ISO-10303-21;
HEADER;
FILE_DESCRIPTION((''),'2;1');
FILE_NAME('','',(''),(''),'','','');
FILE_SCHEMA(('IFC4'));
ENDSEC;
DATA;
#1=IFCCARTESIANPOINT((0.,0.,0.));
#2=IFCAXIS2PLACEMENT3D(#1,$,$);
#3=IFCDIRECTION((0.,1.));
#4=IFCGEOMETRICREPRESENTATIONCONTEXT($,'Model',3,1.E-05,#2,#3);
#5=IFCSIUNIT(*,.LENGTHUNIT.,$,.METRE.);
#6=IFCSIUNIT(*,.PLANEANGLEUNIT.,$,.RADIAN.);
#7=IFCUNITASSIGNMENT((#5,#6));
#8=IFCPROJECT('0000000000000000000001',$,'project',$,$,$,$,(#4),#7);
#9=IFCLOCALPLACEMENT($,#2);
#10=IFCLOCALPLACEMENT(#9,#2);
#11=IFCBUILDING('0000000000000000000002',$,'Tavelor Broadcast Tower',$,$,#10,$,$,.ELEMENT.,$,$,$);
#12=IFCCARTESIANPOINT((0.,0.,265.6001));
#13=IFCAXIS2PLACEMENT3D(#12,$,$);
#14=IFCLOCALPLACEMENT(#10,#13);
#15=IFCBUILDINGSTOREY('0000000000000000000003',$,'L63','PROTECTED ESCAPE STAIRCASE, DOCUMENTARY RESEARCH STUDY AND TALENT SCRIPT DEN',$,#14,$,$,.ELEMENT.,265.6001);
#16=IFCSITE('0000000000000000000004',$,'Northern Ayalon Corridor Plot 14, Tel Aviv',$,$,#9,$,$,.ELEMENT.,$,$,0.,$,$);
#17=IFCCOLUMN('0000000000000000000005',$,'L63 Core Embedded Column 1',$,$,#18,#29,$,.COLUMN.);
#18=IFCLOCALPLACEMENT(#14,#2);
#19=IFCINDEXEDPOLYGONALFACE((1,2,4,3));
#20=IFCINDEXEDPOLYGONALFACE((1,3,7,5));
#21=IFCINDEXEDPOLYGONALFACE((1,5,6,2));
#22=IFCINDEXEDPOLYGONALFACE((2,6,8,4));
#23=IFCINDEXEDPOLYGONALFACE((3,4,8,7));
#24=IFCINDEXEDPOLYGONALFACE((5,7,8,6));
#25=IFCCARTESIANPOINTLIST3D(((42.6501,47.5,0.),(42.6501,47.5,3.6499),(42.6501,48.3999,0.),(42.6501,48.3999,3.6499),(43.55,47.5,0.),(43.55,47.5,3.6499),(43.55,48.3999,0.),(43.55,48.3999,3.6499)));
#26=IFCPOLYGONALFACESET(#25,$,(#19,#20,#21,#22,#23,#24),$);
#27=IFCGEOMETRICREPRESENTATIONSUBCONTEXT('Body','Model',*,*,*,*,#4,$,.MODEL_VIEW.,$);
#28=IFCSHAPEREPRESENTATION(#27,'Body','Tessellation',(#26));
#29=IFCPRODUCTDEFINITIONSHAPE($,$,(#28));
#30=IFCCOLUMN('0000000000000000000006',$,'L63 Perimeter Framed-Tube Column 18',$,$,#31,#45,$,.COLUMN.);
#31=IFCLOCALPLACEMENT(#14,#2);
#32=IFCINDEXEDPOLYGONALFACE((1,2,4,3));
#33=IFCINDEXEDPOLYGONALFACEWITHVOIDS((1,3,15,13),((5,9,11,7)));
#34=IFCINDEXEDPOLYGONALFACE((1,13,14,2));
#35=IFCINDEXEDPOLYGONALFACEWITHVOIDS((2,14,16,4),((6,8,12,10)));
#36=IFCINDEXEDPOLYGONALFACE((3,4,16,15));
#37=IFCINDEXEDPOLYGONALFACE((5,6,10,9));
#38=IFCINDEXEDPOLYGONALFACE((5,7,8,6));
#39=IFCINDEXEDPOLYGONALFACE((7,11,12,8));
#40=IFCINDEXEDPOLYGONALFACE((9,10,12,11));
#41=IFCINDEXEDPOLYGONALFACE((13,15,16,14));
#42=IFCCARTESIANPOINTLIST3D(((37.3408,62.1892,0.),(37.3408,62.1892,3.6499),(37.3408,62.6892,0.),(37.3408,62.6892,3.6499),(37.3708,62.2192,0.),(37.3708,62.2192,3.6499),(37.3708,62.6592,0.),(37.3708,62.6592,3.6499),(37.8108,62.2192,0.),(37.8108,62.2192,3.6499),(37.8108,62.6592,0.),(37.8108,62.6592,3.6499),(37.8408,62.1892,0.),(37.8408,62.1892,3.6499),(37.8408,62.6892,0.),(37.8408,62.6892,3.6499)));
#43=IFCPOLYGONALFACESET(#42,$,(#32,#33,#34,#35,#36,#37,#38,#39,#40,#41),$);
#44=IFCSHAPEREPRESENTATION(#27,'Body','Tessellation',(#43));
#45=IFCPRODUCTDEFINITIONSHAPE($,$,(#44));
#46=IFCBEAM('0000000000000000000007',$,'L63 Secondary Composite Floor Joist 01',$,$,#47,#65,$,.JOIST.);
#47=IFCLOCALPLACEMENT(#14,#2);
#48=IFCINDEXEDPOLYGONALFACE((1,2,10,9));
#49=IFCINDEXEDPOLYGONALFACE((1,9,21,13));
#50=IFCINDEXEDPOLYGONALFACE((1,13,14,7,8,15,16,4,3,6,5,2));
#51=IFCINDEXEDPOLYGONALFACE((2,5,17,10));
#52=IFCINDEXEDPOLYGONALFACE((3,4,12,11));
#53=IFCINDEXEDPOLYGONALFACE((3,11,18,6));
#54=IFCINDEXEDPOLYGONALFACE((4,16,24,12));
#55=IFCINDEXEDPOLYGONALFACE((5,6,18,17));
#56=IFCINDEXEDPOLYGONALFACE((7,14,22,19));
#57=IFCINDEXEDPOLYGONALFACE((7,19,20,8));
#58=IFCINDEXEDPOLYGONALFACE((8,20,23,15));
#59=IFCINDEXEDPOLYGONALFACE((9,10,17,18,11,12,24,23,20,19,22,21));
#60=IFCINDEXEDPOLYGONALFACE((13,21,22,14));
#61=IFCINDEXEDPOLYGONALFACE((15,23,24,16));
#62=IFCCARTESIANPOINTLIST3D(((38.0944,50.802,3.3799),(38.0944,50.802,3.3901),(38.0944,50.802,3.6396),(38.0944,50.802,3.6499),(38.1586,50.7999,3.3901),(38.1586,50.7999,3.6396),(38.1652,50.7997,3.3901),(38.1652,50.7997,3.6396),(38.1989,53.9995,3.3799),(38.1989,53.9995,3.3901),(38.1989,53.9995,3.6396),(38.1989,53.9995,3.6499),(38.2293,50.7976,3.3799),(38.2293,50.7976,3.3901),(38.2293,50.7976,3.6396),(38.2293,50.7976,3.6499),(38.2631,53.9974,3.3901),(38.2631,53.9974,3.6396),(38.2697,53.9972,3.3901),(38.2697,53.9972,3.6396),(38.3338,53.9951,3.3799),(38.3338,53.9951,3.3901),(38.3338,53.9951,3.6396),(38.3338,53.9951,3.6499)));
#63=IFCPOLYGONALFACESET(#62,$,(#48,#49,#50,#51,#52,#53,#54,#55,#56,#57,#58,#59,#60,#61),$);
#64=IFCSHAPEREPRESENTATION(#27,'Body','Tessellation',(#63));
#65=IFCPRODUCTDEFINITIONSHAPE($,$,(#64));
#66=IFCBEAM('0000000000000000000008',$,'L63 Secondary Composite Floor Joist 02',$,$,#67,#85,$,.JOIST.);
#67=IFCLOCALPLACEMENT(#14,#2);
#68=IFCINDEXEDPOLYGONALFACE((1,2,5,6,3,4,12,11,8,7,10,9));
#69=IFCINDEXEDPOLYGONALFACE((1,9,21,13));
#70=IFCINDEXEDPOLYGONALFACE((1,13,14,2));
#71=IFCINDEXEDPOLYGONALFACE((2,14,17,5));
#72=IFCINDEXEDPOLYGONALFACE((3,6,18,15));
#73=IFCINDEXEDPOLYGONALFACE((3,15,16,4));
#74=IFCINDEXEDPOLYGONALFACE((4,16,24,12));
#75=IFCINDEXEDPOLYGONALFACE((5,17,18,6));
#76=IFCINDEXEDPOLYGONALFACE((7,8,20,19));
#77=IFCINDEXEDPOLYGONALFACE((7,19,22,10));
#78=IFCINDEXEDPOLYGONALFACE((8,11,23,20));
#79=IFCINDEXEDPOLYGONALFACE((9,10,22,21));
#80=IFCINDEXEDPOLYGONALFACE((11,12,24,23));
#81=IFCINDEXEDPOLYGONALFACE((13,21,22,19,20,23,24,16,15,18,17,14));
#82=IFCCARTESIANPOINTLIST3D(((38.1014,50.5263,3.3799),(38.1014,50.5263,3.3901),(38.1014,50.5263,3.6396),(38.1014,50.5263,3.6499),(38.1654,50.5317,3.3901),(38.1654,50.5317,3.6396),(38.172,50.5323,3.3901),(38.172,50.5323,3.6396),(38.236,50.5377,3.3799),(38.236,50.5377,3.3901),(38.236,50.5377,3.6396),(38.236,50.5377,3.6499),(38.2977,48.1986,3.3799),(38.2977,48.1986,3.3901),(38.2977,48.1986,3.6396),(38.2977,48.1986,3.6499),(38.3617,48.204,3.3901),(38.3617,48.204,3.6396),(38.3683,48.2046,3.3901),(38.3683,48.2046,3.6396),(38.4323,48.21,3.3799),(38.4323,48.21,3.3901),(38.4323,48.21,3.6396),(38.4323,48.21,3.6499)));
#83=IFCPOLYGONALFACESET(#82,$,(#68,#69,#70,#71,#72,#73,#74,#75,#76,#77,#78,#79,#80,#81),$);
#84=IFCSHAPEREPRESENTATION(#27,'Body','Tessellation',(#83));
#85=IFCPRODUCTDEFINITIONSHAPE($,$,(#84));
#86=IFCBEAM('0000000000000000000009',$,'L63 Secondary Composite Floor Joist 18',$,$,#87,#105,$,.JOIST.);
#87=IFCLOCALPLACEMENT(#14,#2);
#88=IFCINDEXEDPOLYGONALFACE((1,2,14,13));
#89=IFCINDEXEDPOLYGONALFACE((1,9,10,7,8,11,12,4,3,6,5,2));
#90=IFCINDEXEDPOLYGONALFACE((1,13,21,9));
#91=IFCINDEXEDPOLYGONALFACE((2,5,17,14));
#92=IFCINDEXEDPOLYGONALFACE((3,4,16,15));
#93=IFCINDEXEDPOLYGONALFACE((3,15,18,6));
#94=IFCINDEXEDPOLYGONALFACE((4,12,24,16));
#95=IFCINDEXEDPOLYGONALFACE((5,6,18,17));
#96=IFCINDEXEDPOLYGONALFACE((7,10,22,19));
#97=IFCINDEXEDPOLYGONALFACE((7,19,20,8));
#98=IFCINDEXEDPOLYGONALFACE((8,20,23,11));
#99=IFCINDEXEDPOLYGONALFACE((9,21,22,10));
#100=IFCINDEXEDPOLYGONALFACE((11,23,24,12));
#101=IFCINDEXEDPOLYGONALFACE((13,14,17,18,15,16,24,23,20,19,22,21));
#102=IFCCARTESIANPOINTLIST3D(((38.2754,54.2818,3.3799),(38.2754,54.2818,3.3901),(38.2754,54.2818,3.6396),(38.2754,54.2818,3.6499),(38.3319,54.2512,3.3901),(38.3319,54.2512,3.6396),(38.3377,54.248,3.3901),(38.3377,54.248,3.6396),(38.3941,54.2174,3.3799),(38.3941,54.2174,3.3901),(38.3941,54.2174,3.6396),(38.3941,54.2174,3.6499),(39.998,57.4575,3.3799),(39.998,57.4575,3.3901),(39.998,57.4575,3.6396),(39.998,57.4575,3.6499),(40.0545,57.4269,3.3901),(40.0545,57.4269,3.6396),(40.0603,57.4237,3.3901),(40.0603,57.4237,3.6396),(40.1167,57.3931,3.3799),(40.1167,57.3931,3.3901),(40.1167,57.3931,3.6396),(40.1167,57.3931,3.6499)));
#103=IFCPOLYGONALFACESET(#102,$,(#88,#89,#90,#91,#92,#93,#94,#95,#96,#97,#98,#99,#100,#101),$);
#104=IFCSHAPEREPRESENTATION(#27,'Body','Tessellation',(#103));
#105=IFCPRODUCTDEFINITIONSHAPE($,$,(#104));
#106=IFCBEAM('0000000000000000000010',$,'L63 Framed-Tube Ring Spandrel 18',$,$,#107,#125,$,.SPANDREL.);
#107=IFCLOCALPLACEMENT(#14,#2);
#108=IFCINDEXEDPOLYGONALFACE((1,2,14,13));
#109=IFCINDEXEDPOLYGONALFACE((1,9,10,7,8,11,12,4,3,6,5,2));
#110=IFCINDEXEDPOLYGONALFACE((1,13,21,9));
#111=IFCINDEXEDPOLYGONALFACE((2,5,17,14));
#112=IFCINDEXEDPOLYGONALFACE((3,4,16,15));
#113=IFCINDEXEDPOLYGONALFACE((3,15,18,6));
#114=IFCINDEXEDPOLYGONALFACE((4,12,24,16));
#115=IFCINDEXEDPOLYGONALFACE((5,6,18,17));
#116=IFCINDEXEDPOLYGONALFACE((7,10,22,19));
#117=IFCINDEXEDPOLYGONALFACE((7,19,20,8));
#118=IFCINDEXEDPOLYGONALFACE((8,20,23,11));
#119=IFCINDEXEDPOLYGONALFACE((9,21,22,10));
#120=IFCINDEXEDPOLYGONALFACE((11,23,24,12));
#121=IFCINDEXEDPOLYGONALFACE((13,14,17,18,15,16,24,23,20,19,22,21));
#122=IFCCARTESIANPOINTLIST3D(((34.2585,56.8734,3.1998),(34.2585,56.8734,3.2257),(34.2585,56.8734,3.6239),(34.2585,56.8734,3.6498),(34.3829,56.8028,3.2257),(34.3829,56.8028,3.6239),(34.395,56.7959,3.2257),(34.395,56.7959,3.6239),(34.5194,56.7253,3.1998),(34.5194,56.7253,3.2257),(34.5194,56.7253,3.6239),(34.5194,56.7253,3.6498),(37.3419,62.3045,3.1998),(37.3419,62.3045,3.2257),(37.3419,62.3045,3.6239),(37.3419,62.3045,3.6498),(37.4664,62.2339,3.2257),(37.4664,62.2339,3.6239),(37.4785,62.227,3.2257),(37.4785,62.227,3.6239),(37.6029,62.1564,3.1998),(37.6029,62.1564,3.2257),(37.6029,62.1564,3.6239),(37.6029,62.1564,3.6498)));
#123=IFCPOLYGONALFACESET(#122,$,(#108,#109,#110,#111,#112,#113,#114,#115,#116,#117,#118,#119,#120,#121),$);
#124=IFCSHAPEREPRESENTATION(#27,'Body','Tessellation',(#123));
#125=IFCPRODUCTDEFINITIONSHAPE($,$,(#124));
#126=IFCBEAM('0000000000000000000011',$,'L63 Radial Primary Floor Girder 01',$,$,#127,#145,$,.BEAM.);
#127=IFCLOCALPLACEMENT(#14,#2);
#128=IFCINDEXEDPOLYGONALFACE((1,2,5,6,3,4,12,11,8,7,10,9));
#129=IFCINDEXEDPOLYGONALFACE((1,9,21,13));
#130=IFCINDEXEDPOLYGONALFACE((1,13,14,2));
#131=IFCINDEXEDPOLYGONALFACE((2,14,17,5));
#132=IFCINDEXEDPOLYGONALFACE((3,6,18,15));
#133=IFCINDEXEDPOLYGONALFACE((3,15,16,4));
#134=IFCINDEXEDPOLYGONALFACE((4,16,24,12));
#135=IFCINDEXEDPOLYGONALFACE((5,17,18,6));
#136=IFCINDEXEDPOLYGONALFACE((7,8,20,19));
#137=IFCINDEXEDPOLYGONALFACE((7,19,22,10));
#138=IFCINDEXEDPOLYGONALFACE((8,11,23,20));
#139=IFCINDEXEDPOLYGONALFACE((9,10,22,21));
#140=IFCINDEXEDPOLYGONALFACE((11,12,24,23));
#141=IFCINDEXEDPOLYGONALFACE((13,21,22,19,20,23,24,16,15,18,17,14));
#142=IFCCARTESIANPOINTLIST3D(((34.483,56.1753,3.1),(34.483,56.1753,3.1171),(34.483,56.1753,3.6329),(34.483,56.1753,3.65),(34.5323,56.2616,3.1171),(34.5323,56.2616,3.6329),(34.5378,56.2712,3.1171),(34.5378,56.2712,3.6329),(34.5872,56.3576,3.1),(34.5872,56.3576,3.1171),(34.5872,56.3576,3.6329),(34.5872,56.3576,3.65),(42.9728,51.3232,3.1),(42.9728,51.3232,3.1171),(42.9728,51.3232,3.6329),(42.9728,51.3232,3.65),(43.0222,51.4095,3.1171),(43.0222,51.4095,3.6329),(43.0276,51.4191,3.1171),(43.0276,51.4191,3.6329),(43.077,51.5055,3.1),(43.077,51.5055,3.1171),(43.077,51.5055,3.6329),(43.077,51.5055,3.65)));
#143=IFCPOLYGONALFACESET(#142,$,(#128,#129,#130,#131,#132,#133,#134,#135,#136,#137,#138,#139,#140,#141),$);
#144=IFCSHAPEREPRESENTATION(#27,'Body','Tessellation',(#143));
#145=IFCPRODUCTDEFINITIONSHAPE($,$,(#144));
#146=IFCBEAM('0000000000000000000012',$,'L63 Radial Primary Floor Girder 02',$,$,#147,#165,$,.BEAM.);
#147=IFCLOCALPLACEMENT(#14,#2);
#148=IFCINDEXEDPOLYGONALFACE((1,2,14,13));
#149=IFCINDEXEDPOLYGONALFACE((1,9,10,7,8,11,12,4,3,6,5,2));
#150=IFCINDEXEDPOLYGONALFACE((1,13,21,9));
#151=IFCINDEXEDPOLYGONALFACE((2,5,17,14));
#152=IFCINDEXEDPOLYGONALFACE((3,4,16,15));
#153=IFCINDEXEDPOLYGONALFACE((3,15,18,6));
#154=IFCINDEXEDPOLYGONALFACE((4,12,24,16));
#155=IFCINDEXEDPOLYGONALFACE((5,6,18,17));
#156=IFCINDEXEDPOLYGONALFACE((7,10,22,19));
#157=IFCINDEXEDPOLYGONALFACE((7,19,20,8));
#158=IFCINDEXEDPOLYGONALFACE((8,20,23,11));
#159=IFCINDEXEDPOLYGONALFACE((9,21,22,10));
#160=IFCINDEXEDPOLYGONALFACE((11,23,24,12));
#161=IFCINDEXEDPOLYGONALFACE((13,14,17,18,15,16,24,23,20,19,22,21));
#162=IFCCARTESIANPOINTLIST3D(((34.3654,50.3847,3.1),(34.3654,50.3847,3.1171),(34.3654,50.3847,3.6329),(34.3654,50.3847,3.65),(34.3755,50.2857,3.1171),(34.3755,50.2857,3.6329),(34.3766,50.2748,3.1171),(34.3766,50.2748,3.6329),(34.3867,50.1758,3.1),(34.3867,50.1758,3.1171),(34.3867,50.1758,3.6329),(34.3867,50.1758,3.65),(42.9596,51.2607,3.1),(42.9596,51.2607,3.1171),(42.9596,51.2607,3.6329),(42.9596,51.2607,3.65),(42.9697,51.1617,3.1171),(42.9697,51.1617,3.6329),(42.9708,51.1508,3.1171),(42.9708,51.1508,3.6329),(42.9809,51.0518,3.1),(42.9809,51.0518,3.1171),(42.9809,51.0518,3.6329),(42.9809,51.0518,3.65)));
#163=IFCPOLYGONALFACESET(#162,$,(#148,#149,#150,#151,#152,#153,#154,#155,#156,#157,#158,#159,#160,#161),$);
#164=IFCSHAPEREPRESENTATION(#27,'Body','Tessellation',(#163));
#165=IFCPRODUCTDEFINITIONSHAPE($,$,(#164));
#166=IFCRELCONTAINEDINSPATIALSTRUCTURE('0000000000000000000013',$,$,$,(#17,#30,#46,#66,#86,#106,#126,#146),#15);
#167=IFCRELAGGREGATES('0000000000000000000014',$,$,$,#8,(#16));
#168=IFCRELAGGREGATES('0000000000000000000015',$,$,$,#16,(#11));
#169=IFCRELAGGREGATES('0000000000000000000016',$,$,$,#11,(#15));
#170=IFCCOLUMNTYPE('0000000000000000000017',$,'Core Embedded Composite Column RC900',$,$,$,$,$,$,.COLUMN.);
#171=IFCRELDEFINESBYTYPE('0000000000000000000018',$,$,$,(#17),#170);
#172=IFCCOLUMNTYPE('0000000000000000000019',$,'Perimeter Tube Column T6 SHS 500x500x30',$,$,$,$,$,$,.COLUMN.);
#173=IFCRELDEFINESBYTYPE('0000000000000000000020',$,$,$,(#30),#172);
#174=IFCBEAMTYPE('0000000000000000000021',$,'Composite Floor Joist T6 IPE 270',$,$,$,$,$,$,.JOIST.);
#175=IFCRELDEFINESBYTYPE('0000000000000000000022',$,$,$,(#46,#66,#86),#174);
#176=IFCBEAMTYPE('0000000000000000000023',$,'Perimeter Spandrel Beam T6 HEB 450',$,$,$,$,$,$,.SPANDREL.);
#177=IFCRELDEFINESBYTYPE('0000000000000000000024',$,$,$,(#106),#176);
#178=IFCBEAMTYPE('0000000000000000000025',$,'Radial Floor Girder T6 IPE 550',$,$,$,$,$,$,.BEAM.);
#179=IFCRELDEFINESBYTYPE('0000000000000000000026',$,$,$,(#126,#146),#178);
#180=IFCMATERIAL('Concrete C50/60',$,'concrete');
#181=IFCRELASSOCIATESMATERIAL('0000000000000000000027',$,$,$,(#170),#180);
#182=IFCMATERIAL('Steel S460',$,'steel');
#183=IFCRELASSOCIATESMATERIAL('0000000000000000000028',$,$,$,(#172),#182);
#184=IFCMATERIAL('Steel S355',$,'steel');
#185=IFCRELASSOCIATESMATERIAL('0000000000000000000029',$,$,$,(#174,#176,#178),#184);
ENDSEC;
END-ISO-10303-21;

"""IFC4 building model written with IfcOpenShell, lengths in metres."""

from ifc_helpers import new_model, si_unit, direction, frame, origin, origin_2d, place, context, subcontext, project, spatial, rectangle, hollow_rectangle, i_section, extrude, material, material_profile, profile_set, type_object, element, save


model = new_model("IFC4")

# Units and contexts
model_context = context("Model", 3, precision=1e-05, world=origin(), true_north=direction((0.0, 1.0)))
body_context = subcontext(model_context, "Body", "Model", "MODEL_VIEW")
ifc_project = project(units=[si_unit("LENGTHUNIT", "METRE"), si_unit("PLANEANGLEUNIT", "RADIAN")], contexts=[model_context])

# Site, building, storey
site_placement = place(None, origin())
site = spatial("IfcSite", under=ifc_project, at=site_placement, Name="Northern Ayalon Corridor Plot 14, Tel Aviv", CompositionType="ELEMENT", RefElevation=0.0)
building_placement = place(site_placement, origin())
building = spatial("IfcBuilding", under=site, at=building_placement, Name="Tavelor Broadcast Tower", CompositionType="ELEMENT")
storey_placement = place(building_placement, frame((0.0, 0.0, 265.6001)))
storey = spatial("IfcBuildingStorey", under=building, at=storey_placement, Name="L63", Description="PROTECTED ESCAPE STAIRCASE, DOCUMENTARY RESEARCH STUDY AND TALENT SCRIPT DEN", CompositionType="ELEMENT", Elevation=265.6001)

# Columns
ifc_material_1 = material(Name="Concrete C50/60", Category="concrete")
ifc_material_profile_1 = material_profile(ifc_material_1, rectangle(XDim=0.8999, YDim=0.8999, at=origin_2d()), Name="RC 900x900")
ifc_profile_set_1 = profile_set([ifc_material_profile_1], Name="Concrete C50/60")
column_type_1 = type_object("IfcColumnType", Name="Core Embedded Composite Column RC900", PredefinedType="COLUMN", material=ifc_profile_set_1)
column_1_placement = place(storey_placement, frame((43.1001, 47.95, 0.0), z_axis=(0.0, 0.0, 1.0), x_axis=(1.0, 0.0, 0.0)))
element("IfcColumn", 1, at=column_1_placement, inside=storey, type_object=column_type_1, Name="L63 Core Embedded Column 1", PredefinedType="COLUMN", context=body_context, shape_type="SweptSolid", body=[
    extrude(rectangle(XDim=0.8999, YDim=0.8999, at=origin_2d()), origin(), (0.0, 0.0, 1.0), 3.6499),
])
ifc_material_2 = material(Name="Steel S460", Category="steel")
ifc_material_profile_2 = material_profile(ifc_material_2, hollow_rectangle(XDim=0.5, YDim=0.5, WallThickness=0.03, at=origin_2d()), Name="SHS 500x500x30")
ifc_profile_set_2 = profile_set([ifc_material_profile_2], Name="Steel S460")
column_type_2 = type_object("IfcColumnType", Name="Perimeter Tube Column T6 SHS 500x500x30", PredefinedType="COLUMN", material=ifc_profile_set_2)
column_2_placement = place(storey_placement, frame((37.5908, 62.4392, 0.0), z_axis=(0.0, 0.0, 1.0), x_axis=(1.0, 0.0, 0.0)))
element("IfcColumn", 2, at=column_2_placement, inside=storey, type_object=column_type_2, Name="L63 Perimeter Framed-Tube Column 18", PredefinedType="COLUMN", context=body_context, shape_type="SweptSolid", body=[
    extrude(hollow_rectangle(XDim=0.5, YDim=0.5, WallThickness=0.03, at=origin_2d()), origin(), (0.0, 0.0, 1.0), 3.6499),
])

# Beams
ifc_material_3 = material(Name="Steel S355", Category="steel")
ifc_material_profile_3 = material_profile(ifc_material_3, i_section(OverallWidth=0.135, OverallDepth=0.27, WebThickness=0.0066, FlangeThickness=0.0103, at=origin_2d()), Name="IPE 270")
ifc_profile_set_3 = profile_set([ifc_material_profile_3], Name="Steel S355")
beam_type_1 = type_object("IfcBeamType", Name="Composite Floor Joist T6 IPE 270", PredefinedType="JOIST", material=ifc_profile_set_3)
beam_1_placement = place(storey_placement, frame((38.2664, 53.9973, 3.5149), z_axis=(-0.032662, -0.999466, 0.0), x_axis=(0.999466, -0.032662, 0.0)))
element("IfcBeam", 3, at=beam_1_placement, inside=storey, type_object=beam_type_1, Name="L63 Secondary Composite Floor Joist 01", PredefinedType="JOIST", context=body_context, shape_type="SweptSolid", body=[
    extrude(i_section(OverallWidth=0.135, OverallDepth=0.27, WebThickness=0.0066, FlangeThickness=0.0103, at=origin_2d()), origin(), (0.0, 0.0, 1.0), 3.1992),
])
beam_2_placement = place(storey_placement, frame((38.1687, 50.532, 3.5149), z_axis=(0.084032, -0.996463, 0.0), x_axis=(0.996463, 0.084032, 0.0)))
element("IfcBeam", 4, at=beam_2_placement, inside=storey, type_object=beam_type_1, Name="L63 Secondary Composite Floor Joist 02", PredefinedType="JOIST", context=body_context, shape_type="SweptSolid", body=[
    extrude(i_section(OverallWidth=0.135, OverallDepth=0.27, WebThickness=0.0066, FlangeThickness=0.0103, at=origin_2d()), origin(), (0.0, 0.0, 1.0), 2.3359),
])
beam_3_placement = place(storey_placement, frame((40.0574, 57.4253, 3.5149), z_axis=(-0.476806, -0.879009, 0.0), x_axis=(0.879009, -0.476806, 0.0)))
element("IfcBeam", 5, at=beam_3_placement, inside=storey, type_object=beam_type_1, Name="L63 Secondary Composite Floor Joist 18", PredefinedType="JOIST", context=body_context, shape_type="SweptSolid", body=[
    extrude(i_section(OverallWidth=0.135, OverallDepth=0.27, WebThickness=0.0066, FlangeThickness=0.0103, at=origin_2d()), origin(), (0.0, 0.0, 1.0), 3.6128),
])
ifc_material_profile_4 = material_profile(ifc_material_3, i_section(OverallWidth=0.3, OverallDepth=0.45, WebThickness=0.0139, FlangeThickness=0.0259, at=origin_2d()), Name="HEB 450")
ifc_profile_set_4 = profile_set([ifc_material_profile_4], Name="Steel S355")
beam_type_2 = type_object("IfcBeamType", Name="Perimeter Spandrel Beam T6 HEB 450", PredefinedType="SPANDREL", material=ifc_profile_set_4)
beam_4_placement = place(storey_placement, frame((37.4724, 62.2305, 3.4248), z_axis=(-0.493721, -0.869621, 0.0), x_axis=(0.869621, -0.493721, 0.0)))
element("IfcBeam", 6, at=beam_4_placement, inside=storey, type_object=beam_type_2, Name="L63 Framed-Tube Ring Spandrel 18", PredefinedType="SPANDREL", context=body_context, shape_type="SweptSolid", body=[
    extrude(i_section(OverallWidth=0.3, OverallDepth=0.45, WebThickness=0.0139, FlangeThickness=0.0259, at=origin_2d()), origin(), (0.0, 0.0, 1.0), 6.2454),
])
ifc_material_profile_5 = material_profile(ifc_material_3, i_section(OverallWidth=0.21, OverallDepth=0.55, WebThickness=0.011, FlangeThickness=0.0171, at=origin_2d()), Name="IPE 550")
ifc_profile_set_5 = profile_set([ifc_material_profile_5], Name="Steel S355")
beam_type_3 = type_object("IfcBeamType", Name="Radial Floor Girder T6 IPE 550", PredefinedType="BEAM", material=ifc_profile_set_5)
beam_5_placement = place(storey_placement, frame((43.0249, 51.4143, 3.375), z_axis=(-0.868209, 0.496198, 0.0), x_axis=(-0.496198, -0.868209, 0.0)))
element("IfcBeam", 7, at=beam_5_placement, inside=storey, type_object=beam_type_3, Name="L63 Radial Primary Floor Girder 01", PredefinedType="BEAM", context=body_context, shape_type="SweptSolid", body=[
    extrude(i_section(OverallWidth=0.21, OverallDepth=0.55, WebThickness=0.011, FlangeThickness=0.0171, at=origin_2d()), origin(), (0.0, 0.0, 1.0), 9.7786),
])
beam_6_placement = place(storey_placement, frame((42.9702, 51.1562, 3.375), z_axis=(-0.994846, -0.101401, 0.0), x_axis=(0.101401, -0.994846, 0.0)))
element("IfcBeam", 8, at=beam_6_placement, inside=storey, type_object=beam_type_3, Name="L63 Radial Primary Floor Girder 02", PredefinedType="BEAM", context=body_context, shape_type="SweptSolid", body=[
    extrude(i_section(OverallWidth=0.21, OverallDepth=0.55, WebThickness=0.011, FlangeThickness=0.0171, at=origin_2d()), origin(), (0.0, 0.0, 1.0), 8.6387),
])

save(model, "model.ifc")
